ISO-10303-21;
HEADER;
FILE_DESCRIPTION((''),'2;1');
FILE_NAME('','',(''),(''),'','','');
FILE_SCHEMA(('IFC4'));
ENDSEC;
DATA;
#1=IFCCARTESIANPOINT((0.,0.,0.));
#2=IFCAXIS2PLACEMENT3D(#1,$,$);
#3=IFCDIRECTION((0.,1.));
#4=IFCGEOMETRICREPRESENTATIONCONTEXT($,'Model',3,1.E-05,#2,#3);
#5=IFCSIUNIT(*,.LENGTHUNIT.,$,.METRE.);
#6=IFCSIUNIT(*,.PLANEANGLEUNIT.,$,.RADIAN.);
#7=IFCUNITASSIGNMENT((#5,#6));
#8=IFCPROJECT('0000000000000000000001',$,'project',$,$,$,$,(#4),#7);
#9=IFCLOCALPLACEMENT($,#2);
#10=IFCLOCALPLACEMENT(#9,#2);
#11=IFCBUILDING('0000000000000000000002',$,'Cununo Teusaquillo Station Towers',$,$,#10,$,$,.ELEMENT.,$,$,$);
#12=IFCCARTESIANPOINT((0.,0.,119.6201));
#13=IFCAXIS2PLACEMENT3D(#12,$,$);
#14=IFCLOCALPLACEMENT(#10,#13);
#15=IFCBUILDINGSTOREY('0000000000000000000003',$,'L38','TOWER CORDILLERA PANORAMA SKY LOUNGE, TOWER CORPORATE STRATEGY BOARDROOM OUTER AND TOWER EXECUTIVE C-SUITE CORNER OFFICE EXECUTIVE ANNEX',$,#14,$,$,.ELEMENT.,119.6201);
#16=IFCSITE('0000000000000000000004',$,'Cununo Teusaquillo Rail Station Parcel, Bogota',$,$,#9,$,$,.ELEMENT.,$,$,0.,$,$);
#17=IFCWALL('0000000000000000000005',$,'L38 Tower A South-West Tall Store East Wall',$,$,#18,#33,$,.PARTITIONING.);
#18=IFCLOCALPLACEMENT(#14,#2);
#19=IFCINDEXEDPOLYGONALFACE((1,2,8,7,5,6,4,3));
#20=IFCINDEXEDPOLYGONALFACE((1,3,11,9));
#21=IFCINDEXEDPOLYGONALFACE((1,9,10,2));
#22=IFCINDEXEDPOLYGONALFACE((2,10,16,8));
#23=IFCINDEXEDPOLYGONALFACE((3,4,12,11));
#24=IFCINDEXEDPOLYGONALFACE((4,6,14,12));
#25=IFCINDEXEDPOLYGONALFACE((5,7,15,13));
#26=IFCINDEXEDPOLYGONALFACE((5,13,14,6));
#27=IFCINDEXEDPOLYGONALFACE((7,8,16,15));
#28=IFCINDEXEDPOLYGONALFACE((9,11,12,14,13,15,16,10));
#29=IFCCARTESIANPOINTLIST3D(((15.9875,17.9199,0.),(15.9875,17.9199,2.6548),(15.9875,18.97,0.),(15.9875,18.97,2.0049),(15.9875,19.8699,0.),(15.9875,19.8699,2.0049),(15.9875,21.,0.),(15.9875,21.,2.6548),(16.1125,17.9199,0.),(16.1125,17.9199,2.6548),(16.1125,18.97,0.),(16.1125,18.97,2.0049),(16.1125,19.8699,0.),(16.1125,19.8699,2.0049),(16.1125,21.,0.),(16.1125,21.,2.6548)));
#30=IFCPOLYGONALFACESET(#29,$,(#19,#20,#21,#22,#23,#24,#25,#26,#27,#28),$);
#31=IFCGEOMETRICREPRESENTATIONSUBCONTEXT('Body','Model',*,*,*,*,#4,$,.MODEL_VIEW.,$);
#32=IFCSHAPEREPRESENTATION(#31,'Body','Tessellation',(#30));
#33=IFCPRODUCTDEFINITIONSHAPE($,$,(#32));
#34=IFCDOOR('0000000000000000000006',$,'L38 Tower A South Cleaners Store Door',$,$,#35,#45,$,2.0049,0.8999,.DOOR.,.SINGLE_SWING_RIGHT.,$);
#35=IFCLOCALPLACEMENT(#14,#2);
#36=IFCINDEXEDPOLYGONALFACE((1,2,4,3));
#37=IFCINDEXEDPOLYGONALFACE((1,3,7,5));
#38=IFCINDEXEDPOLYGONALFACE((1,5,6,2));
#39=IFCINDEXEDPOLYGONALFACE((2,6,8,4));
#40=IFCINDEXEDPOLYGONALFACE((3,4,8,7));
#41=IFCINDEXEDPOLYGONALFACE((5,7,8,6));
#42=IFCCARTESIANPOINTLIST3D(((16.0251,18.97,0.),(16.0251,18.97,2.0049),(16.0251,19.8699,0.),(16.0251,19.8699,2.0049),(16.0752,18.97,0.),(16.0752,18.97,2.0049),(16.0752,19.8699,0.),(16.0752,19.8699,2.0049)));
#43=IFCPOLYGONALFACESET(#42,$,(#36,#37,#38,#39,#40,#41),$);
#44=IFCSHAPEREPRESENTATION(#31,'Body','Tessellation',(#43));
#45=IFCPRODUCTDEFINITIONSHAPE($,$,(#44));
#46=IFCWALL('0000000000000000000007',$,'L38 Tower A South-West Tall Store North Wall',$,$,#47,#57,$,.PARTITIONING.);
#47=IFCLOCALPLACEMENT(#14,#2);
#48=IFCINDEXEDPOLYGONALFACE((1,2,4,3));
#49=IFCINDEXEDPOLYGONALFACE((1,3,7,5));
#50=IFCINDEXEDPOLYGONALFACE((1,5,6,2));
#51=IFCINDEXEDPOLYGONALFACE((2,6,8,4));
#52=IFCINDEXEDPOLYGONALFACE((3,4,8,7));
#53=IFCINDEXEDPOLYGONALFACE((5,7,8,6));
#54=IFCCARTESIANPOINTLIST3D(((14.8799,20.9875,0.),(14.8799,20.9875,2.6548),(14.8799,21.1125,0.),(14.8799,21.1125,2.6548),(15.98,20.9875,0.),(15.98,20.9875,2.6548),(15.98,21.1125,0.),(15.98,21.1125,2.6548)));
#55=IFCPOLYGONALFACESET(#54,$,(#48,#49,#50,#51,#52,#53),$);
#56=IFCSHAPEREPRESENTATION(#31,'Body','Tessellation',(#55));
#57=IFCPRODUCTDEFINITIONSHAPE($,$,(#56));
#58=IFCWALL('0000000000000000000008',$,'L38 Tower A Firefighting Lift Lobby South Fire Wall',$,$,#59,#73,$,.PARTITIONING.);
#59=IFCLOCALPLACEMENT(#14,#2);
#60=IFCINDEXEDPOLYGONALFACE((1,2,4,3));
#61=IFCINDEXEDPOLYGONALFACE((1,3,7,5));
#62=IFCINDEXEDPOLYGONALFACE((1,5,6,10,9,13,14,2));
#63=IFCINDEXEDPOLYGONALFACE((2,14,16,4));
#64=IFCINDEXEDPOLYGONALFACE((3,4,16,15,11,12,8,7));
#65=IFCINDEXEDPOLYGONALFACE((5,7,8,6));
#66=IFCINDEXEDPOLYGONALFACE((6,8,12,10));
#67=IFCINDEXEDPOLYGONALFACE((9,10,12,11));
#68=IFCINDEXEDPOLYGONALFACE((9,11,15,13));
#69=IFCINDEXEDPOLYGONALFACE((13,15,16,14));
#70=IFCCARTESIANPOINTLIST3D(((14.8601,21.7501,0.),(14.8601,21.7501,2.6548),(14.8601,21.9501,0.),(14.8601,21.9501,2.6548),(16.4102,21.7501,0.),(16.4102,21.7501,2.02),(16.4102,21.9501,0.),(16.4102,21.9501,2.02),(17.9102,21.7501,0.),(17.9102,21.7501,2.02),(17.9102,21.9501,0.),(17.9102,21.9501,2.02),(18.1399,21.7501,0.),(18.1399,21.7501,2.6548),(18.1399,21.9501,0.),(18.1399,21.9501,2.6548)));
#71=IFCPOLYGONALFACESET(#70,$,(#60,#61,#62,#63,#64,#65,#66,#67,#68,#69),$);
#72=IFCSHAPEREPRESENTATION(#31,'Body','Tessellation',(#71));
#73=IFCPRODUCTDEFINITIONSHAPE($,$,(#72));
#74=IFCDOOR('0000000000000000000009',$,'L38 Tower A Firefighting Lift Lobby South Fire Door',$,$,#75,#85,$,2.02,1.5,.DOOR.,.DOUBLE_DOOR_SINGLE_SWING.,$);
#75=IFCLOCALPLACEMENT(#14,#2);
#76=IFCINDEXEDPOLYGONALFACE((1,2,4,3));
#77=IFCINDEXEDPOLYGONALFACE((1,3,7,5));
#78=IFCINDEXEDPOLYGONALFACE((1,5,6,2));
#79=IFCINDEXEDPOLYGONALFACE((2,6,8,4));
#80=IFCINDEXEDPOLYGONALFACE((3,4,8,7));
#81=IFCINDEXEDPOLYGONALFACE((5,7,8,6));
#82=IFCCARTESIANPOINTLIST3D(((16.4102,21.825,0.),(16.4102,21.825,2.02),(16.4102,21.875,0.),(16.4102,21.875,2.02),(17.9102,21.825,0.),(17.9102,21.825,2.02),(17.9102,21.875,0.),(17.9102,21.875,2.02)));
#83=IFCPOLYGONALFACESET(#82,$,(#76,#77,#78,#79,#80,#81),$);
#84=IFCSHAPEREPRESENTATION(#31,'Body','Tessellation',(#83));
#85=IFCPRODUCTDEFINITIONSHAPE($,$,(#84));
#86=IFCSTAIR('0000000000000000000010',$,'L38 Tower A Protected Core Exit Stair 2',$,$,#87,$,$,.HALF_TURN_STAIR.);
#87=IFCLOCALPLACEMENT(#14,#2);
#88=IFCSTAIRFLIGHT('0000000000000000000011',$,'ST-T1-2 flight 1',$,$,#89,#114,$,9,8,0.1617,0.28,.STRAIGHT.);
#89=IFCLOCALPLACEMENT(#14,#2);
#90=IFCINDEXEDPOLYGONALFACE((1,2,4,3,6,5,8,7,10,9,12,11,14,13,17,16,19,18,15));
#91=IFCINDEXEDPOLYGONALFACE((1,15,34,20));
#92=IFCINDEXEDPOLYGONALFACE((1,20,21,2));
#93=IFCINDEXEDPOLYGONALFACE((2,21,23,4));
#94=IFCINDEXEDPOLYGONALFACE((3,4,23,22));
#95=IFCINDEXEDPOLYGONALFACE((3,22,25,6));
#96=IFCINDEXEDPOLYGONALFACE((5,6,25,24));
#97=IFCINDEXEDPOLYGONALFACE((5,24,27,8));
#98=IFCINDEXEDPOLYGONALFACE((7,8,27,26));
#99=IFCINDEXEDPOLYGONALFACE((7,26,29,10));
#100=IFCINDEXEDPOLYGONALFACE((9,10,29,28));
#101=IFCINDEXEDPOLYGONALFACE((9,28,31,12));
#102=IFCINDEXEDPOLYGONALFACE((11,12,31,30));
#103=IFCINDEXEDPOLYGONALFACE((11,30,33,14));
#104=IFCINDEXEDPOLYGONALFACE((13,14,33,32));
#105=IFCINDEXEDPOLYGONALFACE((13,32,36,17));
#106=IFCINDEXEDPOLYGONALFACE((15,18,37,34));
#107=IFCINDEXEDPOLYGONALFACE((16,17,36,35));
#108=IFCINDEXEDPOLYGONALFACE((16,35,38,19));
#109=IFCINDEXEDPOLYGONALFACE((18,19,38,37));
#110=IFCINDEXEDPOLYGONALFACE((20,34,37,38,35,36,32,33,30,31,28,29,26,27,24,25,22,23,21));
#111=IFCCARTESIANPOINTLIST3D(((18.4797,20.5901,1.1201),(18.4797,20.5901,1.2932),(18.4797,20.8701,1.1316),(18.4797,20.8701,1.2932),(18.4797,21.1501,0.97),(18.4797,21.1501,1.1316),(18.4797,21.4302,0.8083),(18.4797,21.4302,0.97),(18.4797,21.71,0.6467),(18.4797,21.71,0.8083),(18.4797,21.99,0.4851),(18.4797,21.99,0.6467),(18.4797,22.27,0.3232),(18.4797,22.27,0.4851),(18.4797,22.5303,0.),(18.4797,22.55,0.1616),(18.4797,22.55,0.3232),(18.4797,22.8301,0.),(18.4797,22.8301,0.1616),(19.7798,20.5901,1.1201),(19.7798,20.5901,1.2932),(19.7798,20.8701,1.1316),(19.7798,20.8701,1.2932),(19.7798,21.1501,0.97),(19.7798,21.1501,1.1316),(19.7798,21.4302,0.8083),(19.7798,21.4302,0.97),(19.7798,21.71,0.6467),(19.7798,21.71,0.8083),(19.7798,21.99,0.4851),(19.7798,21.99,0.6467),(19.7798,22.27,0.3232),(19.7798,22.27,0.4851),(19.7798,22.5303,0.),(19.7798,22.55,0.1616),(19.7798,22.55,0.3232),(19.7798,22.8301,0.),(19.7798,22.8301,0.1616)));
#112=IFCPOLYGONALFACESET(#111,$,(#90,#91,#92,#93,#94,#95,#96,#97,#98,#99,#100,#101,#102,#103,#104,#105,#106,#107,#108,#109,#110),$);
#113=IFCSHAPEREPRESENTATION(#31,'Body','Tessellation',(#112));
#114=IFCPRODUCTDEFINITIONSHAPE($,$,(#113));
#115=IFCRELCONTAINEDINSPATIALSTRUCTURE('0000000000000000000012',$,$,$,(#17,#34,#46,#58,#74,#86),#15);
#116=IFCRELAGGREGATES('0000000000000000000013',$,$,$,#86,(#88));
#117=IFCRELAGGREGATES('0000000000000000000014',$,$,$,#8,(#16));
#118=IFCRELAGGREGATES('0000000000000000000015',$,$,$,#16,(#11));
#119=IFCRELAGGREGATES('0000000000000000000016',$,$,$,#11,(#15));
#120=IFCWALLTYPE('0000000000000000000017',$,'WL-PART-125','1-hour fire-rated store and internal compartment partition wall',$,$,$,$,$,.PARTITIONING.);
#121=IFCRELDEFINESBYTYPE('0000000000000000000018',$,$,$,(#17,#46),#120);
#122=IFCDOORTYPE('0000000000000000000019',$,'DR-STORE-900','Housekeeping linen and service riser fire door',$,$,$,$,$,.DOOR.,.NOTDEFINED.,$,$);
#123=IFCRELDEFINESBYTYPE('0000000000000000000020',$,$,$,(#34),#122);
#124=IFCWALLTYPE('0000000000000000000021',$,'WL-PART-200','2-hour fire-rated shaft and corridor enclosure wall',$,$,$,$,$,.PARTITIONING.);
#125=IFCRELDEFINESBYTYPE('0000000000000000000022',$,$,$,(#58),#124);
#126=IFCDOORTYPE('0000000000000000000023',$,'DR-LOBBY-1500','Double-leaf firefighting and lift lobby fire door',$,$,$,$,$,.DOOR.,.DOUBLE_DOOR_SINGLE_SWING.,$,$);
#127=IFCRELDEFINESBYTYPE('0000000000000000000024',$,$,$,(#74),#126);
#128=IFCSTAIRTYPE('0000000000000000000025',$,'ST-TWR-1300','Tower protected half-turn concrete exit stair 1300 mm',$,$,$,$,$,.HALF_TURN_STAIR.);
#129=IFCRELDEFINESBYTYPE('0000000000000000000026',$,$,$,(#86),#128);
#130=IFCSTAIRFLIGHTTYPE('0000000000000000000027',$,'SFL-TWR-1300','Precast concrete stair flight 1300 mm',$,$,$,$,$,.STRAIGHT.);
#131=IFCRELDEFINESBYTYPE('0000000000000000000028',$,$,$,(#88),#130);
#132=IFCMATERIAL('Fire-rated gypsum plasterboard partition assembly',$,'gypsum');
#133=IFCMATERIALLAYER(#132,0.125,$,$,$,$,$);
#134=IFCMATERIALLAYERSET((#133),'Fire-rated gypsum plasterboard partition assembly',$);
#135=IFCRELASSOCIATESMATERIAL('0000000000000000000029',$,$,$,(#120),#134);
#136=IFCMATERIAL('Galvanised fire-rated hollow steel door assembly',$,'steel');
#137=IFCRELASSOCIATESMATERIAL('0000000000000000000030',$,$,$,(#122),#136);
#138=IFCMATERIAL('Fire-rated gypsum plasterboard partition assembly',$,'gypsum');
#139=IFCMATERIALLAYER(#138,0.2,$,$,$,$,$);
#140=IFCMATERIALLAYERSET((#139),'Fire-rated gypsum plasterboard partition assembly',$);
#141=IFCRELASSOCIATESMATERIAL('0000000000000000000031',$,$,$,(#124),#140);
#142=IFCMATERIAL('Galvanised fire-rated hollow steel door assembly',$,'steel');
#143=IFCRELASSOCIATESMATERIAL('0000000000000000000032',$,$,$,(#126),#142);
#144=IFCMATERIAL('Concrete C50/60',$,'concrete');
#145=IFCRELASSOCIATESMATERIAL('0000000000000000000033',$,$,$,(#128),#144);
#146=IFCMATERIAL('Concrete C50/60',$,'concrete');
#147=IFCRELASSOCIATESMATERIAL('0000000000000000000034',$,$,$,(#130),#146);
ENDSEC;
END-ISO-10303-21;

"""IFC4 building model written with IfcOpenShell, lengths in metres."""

from ifc_helpers import new_model, si_unit, direction, frame, frame_2d, origin, place, context, subcontext, project, spatial, polyline, rectangle, outline, extrude, source, transform, mapped, material, layer, layer_set, type_object, element, fill, aggregate, save


model = new_model("IFC4")

# Units and contexts
model_context = context("Model", 3, precision=1e-05, world=origin(), true_north=direction((0.0, 1.0)))
body_context = subcontext(model_context, "Body", "Model", "MODEL_VIEW")
ifc_project = project(units=[si_unit("LENGTHUNIT", "METRE"), si_unit("PLANEANGLEUNIT", "RADIAN")], contexts=[model_context])

# Site, building, storey
site_placement = place(None, origin())
site = spatial("IfcSite", under=ifc_project, at=site_placement, Name="Cununo Teusaquillo Rail Station Parcel, Bogota", CompositionType="ELEMENT", RefElevation=0.0)
building_placement = place(site_placement, origin())
building = spatial("IfcBuilding", under=site, at=building_placement, Name="Cununo Teusaquillo Station Towers", CompositionType="ELEMENT")
storey_placement = place(building_placement, frame((0.0, 0.0, 119.6201)))
storey = spatial("IfcBuildingStorey", under=building, at=storey_placement, Name="L38", Description="TOWER CORDILLERA PANORAMA SKY LOUNGE, TOWER CORPORATE STRATEGY BOARDROOM OUTER AND TOWER EXECUTIVE C-SUITE CORNER OFFICE EXECUTIVE ANNEX", CompositionType="ELEMENT", Elevation=119.6201)

# Wall, opening, door
ifc_material_1 = material(Name="Fire-rated gypsum plasterboard partition assembly", Category="gypsum")
ifc_layer_1 = layer(ifc_material_1, 0.125)
ifc_layer_set_1 = layer_set([ifc_layer_1], Name="Fire-rated gypsum plasterboard partition assembly")
wall_type_1 = type_object("IfcWallType", Name="WL-PART-125", Description="1-hour fire-rated store and internal compartment partition wall", PredefinedType="PARTITIONING", material=ifc_layer_set_1)
wall_1_placement = place(storey_placement, frame((16.05, 17.9199, 0.0), z_axis=(0.0, 0.0, 1.0), x_axis=(0.0, 1.0, 0.0)))
wall_1 = element("IfcWall", 1, at=wall_1_placement, inside=storey, type_object=wall_type_1, Name="L38 Tower A South-West Tall Store East Wall", PredefinedType="PARTITIONING", context=body_context, shape_type="SweptSolid", body=[
    extrude(rectangle(XDim=3.0801, YDim=0.125, at=frame_2d((1.54, 0.0))), origin(), (0.0, 0.0, 1.0), 2.6548),
])
shared_shape_1 = source(origin(), body_context, "Body", "SweptSolid", [
    extrude(rectangle(XDim=0.8999, YDim=2.0049, at=frame_2d((0.45, 1.0024))), frame((0.0, 0.0725, 0.0), z_axis=(0.0, -1.0, 0.0), x_axis=(1.0, 0.0, 0.0)), (0.0, 0.0, 1.0), 0.145),
])
opening_1_placement = place(wall_1_placement, frame((1.05, 0.0, 0.0)))
opening_1 = element("IfcOpeningElement", 2, at=opening_1_placement, cuts=wall_1, PredefinedType="OPENING", context=body_context, shape_type="MappedRepresentation", body=[
    mapped(shared_shape_1, transform((0.0, 0.0, 0.0), x_axis=(1.0, 0.0, 0.0), y_axis=(0.0, 1.0, 0.0), z_axis=(0.0, 0.0, 1.0), scale=1.0)),
])
ifc_material_2 = material(Name="Galvanised fire-rated hollow steel door assembly", Category="steel")
door_type_1 = type_object("IfcDoorType", Name="DR-STORE-900", Description="Housekeeping linen and service riser fire door", OperationType="NOTDEFINED", PredefinedType="DOOR", material=ifc_material_2)
shared_shape_2 = source(origin(), body_context, "Body", "SweptSolid", [
    extrude(rectangle(XDim=0.8999, YDim=2.0049, at=frame_2d((0.45, 1.0024))), frame((0.0, 0.0249, 0.0), z_axis=(0.0, -1.0, 0.0), x_axis=(1.0, 0.0, 0.0)), (0.0, 0.0, 1.0), 0.05),
])
door_1_placement = place(opening_1_placement, origin())
door_1 = element("IfcDoor", 3, at=door_1_placement, inside=storey, type_object=door_type_1, Name="L38 Tower A South Cleaners Store Door", OperationType="SINGLE_SWING_RIGHT", OverallHeight=2.0049, OverallWidth=0.8999, PredefinedType="DOOR", context=body_context, shape_type="MappedRepresentation", body=[
    mapped(shared_shape_2, transform((0.0, 0.0, 0.0), x_axis=(1.0, 0.0, 0.0), y_axis=(0.0, 1.0, 0.0), z_axis=(0.0, 0.0, 1.0), scale=1.0)),
])
fill(opening_1, door_1)

# Wall
wall_2_placement = place(storey_placement, frame((14.8799, 21.05, 0.0), z_axis=(0.0, 0.0, 1.0), x_axis=(1.0, 0.0, 0.0)))
element("IfcWall", 4, at=wall_2_placement, inside=storey, type_object=wall_type_1, Name="L38 Tower A South-West Tall Store North Wall", PredefinedType="PARTITIONING", context=body_context, shape_type="SweptSolid", body=[
    extrude(rectangle(XDim=1.1001, YDim=0.125, at=frame_2d((0.55, 0.0))), origin(), (0.0, 0.0, 1.0), 2.6548),
])

# Wall, opening, door
ifc_material_3 = material(Name="Fire-rated gypsum plasterboard partition assembly", Category="gypsum")
ifc_layer_2 = layer(ifc_material_3, 0.2)
ifc_layer_set_2 = layer_set([ifc_layer_2], Name="Fire-rated gypsum plasterboard partition assembly")
wall_type_2 = type_object("IfcWallType", Name="WL-PART-200", Description="2-hour fire-rated shaft and corridor enclosure wall", PredefinedType="PARTITIONING", material=ifc_layer_set_2)
wall_3_placement = place(storey_placement, frame((14.8601, 21.8501, 0.0), z_axis=(0.0, 0.0, 1.0), x_axis=(1.0, 0.0, 0.0)))
wall_3 = element("IfcWall", 5, at=wall_3_placement, inside=storey, type_object=wall_type_2, Name="L38 Tower A Firefighting Lift Lobby South Fire Wall", PredefinedType="PARTITIONING", context=body_context, shape_type="SweptSolid", body=[
    extrude(rectangle(XDim=3.2798, YDim=0.2, at=frame_2d((1.6399, 0.0))), origin(), (0.0, 0.0, 1.0), 2.6548),
])
shared_shape_3 = source(origin(), body_context, "Body", "SweptSolid", [
    extrude(rectangle(XDim=1.5, YDim=2.02, at=frame_2d((0.75, 1.01))), frame((0.0, 0.1099, 0.0), z_axis=(0.0, -1.0, 0.0), x_axis=(1.0, 0.0, 0.0)), (0.0, 0.0, 1.0), 0.22),
])
opening_2_placement = place(wall_3_placement, frame((1.55, 0.0, 0.0)))
opening_2 = element("IfcOpeningElement", 6, at=opening_2_placement, cuts=wall_3, PredefinedType="OPENING", context=body_context, shape_type="MappedRepresentation", body=[
    mapped(shared_shape_3, transform((0.0, 0.0, 0.0), x_axis=(1.0, 0.0, 0.0), y_axis=(0.0, 1.0, 0.0), z_axis=(0.0, 0.0, 1.0), scale=1.0)),
])
ifc_material_4 = material(Name="Galvanised fire-rated hollow steel door assembly", Category="steel")
door_type_2 = type_object("IfcDoorType", Name="DR-LOBBY-1500", Description="Double-leaf firefighting and lift lobby fire door", OperationType="DOUBLE_DOOR_SINGLE_SWING", PredefinedType="DOOR", material=ifc_material_4)
shared_shape_4 = source(origin(), body_context, "Body", "SweptSolid", [
    extrude(rectangle(XDim=1.5, YDim=2.02, at=frame_2d((0.75, 1.01))), frame((0.0, 0.0249, 0.0), z_axis=(0.0, -1.0, 0.0), x_axis=(1.0, 0.0, 0.0)), (0.0, 0.0, 1.0), 0.05),
])
door_2_placement = place(opening_2_placement, origin())
door_2 = element("IfcDoor", 7, at=door_2_placement, inside=storey, type_object=door_type_2, Name="L38 Tower A Firefighting Lift Lobby South Fire Door", OperationType="DOUBLE_DOOR_SINGLE_SWING", OverallHeight=2.02, OverallWidth=1.5, PredefinedType="DOOR", context=body_context, shape_type="MappedRepresentation", body=[
    mapped(shared_shape_4, transform((0.0, 0.0, 0.0), x_axis=(1.0, 0.0, 0.0), y_axis=(0.0, 1.0, 0.0), z_axis=(0.0, 0.0, 1.0), scale=1.0)),
])
fill(opening_2, door_2)

# Stair, stair flight
ifc_material_5 = material(Name="Concrete C50/60", Category="concrete")
stair_type = type_object("IfcStairType", Name="ST-TWR-1300", Description="Tower protected half-turn concrete exit stair 1300 mm", PredefinedType="HALF_TURN_STAIR", material=ifc_material_5)
stair_placement = place(storey_placement, origin())
stair = element("IfcStair", 8, at=stair_placement, inside=storey, type_object=stair_type, Name="L38 Tower A Protected Core Exit Stair 2", PredefinedType="HALF_TURN_STAIR")
ifc_material_6 = material(Name="Concrete C50/60", Category="concrete")
stair_flight_type = type_object("IfcStairFlightType", Name="SFL-TWR-1300", Description="Precast concrete stair flight 1300 mm", PredefinedType="STRAIGHT", material=ifc_material_6)
stair_flight_placement = place(storey_placement, frame((19.1299, 22.8301, 0.0), z_axis=(0.0, 0.0, 1.0), x_axis=(0.0, -1.0, 0.0)))
stair_flight = element("IfcStairFlight", 9, at=stair_flight_placement, type_object=stair_flight_type, Name="ST-T1-2 flight 1", NumberOfRisers=9, NumberOfTreads=8, PredefinedType="STRAIGHT", RiserHeight=0.1617, TreadLength=0.28, context=body_context, shape_type="SweptSolid", body=[
    extrude(outline(polyline([(0.0, 0.0), (0.0, 0.1616), (0.28, 0.1616), (0.28, 0.3232), (0.5601, 0.3232), (0.5601, 0.4851), (0.8401, 0.4851), (0.8401, 0.6467), (1.1201, 0.6467), (1.1201, 0.8083), (1.3999, 0.8083), (1.3999, 0.97), (1.6799, 0.97), (1.6799, 1.1316), (1.96, 1.1316), (1.96, 1.2932), (2.24, 1.2932), (2.24, 1.4551), (2.24, 1.1201), (0.2998, 0.0), (0.0, 0.0)])), frame((0.0, 0.6499, 0.0), z_axis=(0.0, -1.0, 0.0), x_axis=(1.0, 0.0, 0.0)), (0.0, 0.0, 1.0), 1.3),
])
aggregate(stair, [stair_flight])

save(model, "model.ifc")
